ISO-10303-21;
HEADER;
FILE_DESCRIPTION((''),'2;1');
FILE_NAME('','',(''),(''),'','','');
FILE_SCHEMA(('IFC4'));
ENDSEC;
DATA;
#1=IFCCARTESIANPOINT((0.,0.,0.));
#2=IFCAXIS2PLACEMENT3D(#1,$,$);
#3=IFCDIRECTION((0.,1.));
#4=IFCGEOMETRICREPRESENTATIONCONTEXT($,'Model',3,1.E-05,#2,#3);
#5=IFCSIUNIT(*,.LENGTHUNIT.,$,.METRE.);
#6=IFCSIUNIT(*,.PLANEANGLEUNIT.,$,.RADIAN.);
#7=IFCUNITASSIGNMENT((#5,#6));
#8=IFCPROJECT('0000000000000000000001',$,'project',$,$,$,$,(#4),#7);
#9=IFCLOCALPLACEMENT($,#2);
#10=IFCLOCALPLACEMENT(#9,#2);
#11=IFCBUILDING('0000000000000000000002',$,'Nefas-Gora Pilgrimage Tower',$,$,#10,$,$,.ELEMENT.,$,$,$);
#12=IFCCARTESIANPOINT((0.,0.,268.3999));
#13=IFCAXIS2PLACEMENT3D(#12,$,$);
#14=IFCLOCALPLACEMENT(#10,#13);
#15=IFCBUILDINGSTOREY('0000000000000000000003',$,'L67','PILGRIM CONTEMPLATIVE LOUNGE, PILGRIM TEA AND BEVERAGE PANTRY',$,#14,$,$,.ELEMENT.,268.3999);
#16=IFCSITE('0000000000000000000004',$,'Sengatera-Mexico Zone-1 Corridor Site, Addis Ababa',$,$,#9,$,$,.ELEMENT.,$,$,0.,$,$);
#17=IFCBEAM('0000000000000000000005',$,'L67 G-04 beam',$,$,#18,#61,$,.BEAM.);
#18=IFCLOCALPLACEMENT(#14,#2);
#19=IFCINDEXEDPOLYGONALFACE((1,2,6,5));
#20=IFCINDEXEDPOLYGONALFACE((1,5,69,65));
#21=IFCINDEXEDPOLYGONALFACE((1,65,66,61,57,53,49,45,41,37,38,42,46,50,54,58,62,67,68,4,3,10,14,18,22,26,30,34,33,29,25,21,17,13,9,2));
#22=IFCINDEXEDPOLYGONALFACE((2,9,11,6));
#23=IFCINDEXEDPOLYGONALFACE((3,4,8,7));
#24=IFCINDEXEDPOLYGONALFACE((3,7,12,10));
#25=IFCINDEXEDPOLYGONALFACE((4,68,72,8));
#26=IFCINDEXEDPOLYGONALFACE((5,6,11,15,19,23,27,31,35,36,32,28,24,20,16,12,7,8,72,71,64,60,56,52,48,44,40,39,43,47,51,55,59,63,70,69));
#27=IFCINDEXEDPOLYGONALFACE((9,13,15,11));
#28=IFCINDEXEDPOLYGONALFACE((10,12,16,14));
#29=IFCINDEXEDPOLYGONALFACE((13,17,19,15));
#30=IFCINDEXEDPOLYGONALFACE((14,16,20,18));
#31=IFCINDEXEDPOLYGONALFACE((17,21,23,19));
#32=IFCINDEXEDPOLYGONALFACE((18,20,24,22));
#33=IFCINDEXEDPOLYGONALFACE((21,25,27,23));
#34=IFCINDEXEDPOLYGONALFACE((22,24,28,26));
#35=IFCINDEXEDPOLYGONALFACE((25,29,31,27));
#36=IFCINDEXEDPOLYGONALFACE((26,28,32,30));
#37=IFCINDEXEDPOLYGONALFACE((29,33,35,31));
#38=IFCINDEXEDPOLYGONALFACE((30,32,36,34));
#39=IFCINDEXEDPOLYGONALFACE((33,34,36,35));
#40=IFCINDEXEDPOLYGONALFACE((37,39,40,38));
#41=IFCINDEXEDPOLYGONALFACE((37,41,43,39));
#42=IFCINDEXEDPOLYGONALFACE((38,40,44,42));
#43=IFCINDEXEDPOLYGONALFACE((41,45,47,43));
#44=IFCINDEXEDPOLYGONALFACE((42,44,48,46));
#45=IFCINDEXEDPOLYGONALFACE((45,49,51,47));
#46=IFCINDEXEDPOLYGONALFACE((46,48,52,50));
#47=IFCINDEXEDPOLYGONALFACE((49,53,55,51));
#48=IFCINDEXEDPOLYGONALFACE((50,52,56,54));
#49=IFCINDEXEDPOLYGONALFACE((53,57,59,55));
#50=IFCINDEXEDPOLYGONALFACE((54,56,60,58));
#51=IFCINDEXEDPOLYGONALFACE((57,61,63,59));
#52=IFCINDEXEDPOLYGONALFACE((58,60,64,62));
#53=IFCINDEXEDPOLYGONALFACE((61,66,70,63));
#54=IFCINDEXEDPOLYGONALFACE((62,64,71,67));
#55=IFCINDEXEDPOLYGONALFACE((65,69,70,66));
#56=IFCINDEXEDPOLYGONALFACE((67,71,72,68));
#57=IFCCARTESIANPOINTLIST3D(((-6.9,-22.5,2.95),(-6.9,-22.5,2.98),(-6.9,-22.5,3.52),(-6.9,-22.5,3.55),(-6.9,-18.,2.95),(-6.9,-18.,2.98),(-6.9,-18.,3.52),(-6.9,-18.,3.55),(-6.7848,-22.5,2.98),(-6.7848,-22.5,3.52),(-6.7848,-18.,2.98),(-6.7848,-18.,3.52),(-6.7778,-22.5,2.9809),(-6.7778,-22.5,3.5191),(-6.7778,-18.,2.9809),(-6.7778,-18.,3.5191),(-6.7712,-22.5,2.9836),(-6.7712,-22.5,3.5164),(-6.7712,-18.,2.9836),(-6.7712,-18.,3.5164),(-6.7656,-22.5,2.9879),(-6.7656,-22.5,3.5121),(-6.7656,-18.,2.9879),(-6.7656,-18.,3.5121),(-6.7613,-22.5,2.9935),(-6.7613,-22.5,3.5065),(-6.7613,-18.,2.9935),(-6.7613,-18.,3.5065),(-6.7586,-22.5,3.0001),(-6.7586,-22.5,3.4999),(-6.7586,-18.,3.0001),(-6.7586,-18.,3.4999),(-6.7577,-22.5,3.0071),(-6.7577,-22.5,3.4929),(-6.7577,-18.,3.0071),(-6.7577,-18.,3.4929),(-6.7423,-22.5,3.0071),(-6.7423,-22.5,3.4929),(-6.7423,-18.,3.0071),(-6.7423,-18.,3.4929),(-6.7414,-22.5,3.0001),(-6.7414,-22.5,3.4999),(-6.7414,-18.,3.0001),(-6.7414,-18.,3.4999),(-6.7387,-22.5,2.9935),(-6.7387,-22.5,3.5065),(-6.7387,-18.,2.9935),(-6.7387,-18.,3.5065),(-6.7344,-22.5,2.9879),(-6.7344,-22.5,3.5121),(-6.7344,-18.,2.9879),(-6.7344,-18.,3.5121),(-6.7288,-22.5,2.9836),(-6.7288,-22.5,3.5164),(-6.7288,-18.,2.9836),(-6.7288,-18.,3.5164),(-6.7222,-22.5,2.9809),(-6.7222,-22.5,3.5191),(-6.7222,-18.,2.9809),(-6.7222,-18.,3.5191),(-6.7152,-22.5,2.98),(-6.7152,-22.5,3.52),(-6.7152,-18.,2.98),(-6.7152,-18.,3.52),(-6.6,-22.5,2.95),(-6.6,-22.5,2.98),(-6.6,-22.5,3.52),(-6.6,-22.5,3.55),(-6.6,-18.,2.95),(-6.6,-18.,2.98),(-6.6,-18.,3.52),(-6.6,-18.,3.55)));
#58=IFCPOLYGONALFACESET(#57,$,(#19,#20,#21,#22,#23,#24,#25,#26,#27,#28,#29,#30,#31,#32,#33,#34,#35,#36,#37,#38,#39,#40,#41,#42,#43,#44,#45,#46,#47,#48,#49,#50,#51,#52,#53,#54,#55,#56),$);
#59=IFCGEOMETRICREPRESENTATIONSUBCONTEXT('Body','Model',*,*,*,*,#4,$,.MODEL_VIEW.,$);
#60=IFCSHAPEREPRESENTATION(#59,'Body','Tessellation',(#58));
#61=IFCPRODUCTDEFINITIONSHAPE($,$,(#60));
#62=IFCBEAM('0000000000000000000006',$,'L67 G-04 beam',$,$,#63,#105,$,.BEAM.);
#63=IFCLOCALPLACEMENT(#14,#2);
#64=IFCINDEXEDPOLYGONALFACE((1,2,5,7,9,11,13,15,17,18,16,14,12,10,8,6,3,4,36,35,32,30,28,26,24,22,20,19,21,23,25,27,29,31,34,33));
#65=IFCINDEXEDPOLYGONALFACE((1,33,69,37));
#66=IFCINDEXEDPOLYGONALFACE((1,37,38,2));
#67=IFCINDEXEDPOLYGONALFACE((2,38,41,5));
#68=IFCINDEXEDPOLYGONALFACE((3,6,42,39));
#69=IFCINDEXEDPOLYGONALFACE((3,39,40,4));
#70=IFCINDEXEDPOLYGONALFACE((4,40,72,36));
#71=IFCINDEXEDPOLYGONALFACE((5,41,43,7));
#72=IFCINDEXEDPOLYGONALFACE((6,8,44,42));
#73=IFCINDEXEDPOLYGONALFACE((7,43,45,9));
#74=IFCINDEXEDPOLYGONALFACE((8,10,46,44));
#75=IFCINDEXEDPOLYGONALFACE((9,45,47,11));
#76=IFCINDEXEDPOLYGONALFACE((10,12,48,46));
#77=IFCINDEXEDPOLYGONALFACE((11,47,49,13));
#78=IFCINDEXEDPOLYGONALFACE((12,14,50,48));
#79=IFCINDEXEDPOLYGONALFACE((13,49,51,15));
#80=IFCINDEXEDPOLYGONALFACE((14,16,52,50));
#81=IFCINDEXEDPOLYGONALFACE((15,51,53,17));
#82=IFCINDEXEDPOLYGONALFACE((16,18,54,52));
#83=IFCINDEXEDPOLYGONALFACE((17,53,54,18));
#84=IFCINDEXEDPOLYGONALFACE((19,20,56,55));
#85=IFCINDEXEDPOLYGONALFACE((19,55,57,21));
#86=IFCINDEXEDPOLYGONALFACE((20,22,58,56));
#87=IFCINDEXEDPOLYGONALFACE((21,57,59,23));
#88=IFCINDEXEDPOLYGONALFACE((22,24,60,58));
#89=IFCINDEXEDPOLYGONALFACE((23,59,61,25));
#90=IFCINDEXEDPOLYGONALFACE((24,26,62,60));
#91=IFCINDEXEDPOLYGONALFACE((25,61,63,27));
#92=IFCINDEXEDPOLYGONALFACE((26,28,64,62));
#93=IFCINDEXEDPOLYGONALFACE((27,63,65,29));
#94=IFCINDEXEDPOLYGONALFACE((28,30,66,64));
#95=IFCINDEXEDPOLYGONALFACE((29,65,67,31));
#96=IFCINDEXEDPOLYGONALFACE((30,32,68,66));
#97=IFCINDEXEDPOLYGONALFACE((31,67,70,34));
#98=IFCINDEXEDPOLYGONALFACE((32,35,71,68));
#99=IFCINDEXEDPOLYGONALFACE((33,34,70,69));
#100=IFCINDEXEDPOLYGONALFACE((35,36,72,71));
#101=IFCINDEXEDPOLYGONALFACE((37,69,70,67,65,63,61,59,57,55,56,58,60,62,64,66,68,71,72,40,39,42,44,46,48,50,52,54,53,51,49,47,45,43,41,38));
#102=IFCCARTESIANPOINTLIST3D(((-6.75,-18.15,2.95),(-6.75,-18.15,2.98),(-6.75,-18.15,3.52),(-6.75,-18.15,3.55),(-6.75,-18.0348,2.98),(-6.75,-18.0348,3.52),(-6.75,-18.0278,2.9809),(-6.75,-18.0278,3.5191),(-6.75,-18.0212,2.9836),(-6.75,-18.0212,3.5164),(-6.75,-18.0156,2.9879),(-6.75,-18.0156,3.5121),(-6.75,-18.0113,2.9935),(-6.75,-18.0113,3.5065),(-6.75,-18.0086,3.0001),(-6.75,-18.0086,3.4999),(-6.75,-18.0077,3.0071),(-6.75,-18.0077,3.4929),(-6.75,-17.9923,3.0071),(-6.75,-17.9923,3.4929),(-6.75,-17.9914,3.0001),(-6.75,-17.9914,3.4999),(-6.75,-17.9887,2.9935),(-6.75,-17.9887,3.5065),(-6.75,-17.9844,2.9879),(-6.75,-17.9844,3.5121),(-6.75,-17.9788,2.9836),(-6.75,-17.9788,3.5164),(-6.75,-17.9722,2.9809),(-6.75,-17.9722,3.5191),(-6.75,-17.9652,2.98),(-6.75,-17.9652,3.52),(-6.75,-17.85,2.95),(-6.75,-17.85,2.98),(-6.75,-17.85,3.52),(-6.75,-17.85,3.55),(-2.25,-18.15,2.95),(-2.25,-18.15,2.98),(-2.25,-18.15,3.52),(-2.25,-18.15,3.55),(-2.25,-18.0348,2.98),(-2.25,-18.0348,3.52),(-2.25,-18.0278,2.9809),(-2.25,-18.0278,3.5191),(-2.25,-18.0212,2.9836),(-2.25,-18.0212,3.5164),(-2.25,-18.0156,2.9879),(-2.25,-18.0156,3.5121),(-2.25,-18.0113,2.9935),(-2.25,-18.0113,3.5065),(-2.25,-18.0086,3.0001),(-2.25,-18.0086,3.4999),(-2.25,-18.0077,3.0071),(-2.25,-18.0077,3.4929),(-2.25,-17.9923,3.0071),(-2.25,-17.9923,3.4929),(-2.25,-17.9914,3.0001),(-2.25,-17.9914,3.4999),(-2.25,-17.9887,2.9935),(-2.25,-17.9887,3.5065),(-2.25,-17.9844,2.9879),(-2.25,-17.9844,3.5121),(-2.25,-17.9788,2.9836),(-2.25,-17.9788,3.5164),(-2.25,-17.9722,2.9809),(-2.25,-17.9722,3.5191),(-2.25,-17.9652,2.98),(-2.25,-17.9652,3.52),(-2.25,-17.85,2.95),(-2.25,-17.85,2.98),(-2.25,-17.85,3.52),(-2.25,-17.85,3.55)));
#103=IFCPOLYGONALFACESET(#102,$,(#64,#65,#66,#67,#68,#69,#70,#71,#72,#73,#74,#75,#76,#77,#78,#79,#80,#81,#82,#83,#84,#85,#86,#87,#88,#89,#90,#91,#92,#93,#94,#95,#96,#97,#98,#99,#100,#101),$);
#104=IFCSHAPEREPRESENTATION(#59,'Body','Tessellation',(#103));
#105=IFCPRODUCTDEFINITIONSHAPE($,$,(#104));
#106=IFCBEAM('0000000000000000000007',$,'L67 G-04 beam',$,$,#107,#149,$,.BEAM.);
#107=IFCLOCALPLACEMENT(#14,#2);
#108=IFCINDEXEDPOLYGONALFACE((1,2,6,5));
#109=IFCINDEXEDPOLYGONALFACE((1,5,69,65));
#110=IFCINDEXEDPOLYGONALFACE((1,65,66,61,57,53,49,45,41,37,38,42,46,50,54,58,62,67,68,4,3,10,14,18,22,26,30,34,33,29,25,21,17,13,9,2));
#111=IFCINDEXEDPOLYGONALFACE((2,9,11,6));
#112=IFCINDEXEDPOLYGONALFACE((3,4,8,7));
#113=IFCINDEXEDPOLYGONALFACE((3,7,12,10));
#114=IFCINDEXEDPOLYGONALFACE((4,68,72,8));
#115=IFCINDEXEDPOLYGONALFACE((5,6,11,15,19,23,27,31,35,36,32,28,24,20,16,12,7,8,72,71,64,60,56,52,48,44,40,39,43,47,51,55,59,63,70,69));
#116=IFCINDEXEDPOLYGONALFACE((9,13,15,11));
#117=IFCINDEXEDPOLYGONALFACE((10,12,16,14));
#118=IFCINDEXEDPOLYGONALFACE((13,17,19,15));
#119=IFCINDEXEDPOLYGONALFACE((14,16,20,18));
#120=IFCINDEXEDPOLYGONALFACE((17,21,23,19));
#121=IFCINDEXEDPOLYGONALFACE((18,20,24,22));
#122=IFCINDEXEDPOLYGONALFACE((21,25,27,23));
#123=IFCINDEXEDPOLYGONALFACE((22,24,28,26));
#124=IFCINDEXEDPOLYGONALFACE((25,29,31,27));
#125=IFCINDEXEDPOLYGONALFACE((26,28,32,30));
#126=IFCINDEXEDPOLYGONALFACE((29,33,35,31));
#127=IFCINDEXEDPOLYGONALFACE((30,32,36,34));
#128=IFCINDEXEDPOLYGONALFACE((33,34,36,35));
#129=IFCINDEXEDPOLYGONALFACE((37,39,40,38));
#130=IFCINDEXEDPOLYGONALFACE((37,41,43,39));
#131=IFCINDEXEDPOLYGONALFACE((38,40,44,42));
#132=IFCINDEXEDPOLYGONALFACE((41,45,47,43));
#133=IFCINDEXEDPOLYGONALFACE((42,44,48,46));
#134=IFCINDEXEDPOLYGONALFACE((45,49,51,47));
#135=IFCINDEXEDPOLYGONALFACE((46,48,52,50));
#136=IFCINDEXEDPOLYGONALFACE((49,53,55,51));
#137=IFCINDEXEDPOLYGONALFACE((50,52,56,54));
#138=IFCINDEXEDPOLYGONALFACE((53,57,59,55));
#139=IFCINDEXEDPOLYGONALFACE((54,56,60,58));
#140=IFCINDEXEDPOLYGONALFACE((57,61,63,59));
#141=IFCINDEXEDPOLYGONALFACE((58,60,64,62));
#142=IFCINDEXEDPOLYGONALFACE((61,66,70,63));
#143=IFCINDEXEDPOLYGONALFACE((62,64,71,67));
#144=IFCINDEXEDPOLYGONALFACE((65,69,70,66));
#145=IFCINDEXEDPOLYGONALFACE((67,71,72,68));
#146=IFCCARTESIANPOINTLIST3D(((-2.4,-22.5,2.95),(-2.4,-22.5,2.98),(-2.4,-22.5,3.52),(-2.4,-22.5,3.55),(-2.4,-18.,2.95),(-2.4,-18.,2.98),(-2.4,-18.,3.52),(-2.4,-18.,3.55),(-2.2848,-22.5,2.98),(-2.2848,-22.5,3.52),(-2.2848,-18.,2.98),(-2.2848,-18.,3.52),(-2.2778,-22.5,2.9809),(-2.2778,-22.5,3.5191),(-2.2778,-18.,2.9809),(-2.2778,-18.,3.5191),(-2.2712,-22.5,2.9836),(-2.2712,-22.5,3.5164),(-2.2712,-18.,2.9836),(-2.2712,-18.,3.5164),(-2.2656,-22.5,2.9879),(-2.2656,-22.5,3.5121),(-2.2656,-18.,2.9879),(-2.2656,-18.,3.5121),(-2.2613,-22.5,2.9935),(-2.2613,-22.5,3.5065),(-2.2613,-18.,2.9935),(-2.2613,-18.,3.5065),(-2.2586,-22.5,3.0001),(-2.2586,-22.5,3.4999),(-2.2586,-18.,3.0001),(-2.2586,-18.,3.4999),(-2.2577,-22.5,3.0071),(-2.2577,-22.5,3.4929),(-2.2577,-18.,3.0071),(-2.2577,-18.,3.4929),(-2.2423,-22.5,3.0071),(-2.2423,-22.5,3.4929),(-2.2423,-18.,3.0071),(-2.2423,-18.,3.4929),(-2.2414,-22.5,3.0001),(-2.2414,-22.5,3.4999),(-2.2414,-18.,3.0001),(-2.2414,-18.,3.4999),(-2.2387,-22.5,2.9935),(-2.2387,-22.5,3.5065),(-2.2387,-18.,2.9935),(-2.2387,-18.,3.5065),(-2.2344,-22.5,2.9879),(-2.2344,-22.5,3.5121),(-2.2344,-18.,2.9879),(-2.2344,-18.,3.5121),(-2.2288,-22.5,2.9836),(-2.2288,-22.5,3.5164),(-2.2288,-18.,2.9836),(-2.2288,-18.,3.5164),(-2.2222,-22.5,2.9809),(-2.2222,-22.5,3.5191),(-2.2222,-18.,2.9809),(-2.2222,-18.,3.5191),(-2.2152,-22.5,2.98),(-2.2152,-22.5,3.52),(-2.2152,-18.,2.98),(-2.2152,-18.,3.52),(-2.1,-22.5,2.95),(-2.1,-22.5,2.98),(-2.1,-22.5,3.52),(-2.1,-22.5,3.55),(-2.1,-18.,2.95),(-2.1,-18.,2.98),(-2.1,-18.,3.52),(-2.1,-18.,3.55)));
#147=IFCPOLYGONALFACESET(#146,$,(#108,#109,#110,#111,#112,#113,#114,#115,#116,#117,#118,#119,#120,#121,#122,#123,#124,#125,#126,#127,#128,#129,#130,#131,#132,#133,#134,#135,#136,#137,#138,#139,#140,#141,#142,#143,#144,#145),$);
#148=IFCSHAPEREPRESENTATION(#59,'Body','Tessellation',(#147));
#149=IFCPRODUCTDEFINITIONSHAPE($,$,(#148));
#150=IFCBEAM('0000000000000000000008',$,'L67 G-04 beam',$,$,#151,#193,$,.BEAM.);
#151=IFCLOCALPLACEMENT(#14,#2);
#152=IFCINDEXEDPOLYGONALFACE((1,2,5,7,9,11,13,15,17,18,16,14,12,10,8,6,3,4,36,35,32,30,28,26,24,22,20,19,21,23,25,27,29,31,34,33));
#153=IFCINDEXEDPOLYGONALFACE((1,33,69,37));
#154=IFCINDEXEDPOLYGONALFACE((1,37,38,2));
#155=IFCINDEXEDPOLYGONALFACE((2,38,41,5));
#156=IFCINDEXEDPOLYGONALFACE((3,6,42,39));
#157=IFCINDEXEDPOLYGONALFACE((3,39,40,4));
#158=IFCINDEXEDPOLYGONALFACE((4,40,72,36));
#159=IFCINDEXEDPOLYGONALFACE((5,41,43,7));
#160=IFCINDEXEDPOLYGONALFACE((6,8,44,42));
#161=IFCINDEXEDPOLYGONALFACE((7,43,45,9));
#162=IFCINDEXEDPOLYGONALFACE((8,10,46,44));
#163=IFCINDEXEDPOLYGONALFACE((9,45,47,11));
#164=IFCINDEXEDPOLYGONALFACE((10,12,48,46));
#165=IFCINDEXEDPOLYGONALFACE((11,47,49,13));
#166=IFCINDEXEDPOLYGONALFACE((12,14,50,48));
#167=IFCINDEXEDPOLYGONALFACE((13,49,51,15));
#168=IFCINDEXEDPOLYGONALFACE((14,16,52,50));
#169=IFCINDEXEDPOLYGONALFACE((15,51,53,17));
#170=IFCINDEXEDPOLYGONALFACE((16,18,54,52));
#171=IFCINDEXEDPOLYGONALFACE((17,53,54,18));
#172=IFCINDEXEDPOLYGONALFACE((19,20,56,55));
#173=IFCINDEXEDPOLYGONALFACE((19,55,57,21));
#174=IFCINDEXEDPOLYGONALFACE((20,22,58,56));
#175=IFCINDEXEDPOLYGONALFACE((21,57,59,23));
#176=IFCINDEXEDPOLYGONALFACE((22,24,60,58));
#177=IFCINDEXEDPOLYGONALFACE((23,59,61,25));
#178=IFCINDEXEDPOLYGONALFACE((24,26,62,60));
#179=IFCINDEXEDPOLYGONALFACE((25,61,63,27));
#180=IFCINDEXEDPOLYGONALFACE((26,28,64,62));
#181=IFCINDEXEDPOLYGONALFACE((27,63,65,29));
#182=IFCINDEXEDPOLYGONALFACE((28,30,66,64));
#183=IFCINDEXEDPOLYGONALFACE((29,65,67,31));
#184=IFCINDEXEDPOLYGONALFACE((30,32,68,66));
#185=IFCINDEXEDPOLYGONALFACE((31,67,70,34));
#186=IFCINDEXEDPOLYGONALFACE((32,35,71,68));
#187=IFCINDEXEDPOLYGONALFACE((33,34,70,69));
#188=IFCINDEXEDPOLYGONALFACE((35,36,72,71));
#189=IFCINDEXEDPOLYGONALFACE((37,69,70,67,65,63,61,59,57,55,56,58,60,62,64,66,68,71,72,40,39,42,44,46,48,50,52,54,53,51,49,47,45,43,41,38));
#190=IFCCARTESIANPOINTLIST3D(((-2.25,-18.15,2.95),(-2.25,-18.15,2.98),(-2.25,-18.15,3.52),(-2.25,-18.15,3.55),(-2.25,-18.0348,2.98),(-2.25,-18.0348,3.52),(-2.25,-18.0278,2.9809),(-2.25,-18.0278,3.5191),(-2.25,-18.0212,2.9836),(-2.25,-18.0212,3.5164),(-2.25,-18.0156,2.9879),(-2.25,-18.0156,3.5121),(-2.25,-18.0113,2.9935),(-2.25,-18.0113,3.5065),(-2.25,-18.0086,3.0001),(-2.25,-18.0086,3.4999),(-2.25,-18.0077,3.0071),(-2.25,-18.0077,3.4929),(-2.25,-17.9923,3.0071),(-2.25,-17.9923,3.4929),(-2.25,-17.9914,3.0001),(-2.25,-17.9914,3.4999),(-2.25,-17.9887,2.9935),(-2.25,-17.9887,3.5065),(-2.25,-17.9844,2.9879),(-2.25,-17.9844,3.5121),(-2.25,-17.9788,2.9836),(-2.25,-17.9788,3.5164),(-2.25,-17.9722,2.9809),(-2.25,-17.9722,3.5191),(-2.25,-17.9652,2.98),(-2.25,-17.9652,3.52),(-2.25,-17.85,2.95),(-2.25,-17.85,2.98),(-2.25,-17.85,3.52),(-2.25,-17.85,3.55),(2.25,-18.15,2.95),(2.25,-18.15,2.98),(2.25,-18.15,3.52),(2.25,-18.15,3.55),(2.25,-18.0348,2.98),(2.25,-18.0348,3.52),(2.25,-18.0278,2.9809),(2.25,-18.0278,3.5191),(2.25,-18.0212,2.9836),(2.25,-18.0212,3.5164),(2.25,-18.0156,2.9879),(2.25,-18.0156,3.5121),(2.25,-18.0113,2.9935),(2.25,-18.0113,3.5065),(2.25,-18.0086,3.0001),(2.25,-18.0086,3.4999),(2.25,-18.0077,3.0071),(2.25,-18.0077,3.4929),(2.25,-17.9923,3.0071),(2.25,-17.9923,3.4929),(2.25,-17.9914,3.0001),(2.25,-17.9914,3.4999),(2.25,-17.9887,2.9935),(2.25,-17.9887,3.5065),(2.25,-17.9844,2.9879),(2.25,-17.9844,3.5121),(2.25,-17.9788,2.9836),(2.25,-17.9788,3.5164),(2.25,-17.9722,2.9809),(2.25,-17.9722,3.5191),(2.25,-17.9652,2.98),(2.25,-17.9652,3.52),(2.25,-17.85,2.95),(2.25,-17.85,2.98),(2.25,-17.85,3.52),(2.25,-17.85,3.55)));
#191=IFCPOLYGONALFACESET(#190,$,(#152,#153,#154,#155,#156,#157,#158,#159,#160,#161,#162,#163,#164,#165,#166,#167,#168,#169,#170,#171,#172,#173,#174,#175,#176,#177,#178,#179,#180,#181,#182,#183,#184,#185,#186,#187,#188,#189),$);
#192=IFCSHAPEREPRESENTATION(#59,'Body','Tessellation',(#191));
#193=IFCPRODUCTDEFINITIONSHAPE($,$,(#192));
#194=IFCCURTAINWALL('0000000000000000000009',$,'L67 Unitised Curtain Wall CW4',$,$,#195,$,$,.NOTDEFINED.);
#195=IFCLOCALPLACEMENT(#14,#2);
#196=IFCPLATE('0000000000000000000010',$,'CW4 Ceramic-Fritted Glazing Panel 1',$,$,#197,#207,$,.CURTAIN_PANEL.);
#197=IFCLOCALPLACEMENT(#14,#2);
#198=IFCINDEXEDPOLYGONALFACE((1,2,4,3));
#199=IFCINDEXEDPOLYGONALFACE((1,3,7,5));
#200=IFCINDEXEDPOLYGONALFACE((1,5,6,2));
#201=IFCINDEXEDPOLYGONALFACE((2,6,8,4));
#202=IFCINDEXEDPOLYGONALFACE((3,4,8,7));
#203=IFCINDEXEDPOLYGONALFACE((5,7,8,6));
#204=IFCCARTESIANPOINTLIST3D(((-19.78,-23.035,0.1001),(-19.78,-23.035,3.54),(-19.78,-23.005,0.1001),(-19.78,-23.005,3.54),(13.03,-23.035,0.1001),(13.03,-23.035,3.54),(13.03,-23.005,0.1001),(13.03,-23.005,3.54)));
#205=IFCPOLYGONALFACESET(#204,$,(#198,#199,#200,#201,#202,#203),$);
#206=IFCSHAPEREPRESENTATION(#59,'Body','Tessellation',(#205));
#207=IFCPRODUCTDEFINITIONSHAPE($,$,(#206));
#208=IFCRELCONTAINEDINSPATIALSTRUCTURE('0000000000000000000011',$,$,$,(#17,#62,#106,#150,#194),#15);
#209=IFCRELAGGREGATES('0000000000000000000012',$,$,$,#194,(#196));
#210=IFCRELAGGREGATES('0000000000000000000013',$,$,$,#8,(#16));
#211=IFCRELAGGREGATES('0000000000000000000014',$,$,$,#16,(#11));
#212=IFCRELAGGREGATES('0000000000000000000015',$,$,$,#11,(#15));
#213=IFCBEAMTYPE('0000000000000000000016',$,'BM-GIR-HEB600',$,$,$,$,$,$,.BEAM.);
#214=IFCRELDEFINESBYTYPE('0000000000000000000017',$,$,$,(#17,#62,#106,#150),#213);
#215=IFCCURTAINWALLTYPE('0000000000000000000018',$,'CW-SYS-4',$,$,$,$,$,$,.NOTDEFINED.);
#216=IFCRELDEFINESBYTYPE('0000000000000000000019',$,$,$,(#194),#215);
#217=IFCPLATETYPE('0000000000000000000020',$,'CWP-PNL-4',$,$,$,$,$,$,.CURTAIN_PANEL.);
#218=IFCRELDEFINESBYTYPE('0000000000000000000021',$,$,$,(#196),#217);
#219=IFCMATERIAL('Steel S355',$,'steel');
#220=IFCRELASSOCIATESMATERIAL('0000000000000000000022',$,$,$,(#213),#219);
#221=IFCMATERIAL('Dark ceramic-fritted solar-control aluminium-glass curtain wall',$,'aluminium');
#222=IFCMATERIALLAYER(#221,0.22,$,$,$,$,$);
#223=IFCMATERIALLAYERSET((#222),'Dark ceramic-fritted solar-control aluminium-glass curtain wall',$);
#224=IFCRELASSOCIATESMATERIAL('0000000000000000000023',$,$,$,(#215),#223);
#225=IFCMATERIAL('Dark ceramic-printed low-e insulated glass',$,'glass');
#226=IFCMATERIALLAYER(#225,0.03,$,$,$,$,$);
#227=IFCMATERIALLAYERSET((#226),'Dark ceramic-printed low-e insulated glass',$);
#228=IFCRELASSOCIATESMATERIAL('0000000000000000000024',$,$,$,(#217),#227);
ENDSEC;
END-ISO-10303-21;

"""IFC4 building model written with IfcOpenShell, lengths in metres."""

from ifc_helpers import new_model, si_unit, direction, frame, origin, origin_2d, place, context, subcontext, project, spatial, rectangle, i_section, extrude, source, transform, mapped, material, layer, layer_set, material_profile, profile_set, type_object, element, aggregate, save


model = new_model("IFC4")

# Units and contexts
model_context = context("Model", 3, precision=1e-05, world=origin(), true_north=direction((0.0, 1.0)))
body_context = subcontext(model_context, "Body", "Model", "MODEL_VIEW")
ifc_project = project(units=[si_unit("LENGTHUNIT", "METRE"), si_unit("PLANEANGLEUNIT", "RADIAN")], contexts=[model_context])

# Site, building, storey
site_placement = place(None, origin())
site = spatial("IfcSite", under=ifc_project, at=site_placement, Name="Sengatera-Mexico Zone-1 Corridor Site, Addis Ababa", CompositionType="ELEMENT", RefElevation=0.0)
building_placement = place(site_placement, origin())
building = spatial("IfcBuilding", under=site, at=building_placement, Name="Nefas-Gora Pilgrimage Tower", CompositionType="ELEMENT")
storey_placement = place(building_placement, frame((0.0, 0.0, 268.3999)))
storey = spatial("IfcBuildingStorey", under=building, at=storey_placement, Name="L67", Description="PILGRIM CONTEMPLATIVE LOUNGE, PILGRIM TEA AND BEVERAGE PANTRY", CompositionType="ELEMENT", Elevation=268.3999)

# Shared definitions
ifc_material_1 = material(Name="Steel S355", Category="steel")

# Beams
ifc_material_profile_1 = material_profile(ifc_material_1, i_section(OverallWidth=0.3, OverallDepth=0.6001, WebThickness=0.0154, FlangeThickness=0.03, FilletRadius=0.0271, at=origin_2d()), Name="HEB 600")
ifc_profile_set_1 = profile_set([ifc_material_profile_1], Name="Steel S355")
beam_type_1 = type_object("IfcBeamType", Name="BM-GIR-HEB600", PredefinedType="BEAM", material=ifc_profile_set_1)
shared_shape_1 = source(origin(), body_context, "Body", "SweptSolid", [
    extrude(i_section(OverallWidth=0.3, OverallDepth=0.6001, WebThickness=0.0154, FlangeThickness=0.03, FilletRadius=0.0271, at=origin_2d()), origin(), (0.0, 0.0, 1.0), 4.5),
])
for number, where, z_axis, x_axis, name in (
    (1, (-6.75, -22.5, 3.25), (0.0, 1.0, 0.0), (-1.0, 0.0, 0.0), "L67 G-04 beam"),
    (2, (-6.75, -18.0, 3.25), (1.0, 0.0, 0.0), (0.0, 1.0, 0.0), "L67 G-04 beam"),
    (3, (-2.25, -22.5, 3.25), (0.0, 1.0, 0.0), (-1.0, 0.0, 0.0), "L67 G-04 beam"),
    (4, (-2.25, -18.0, 3.25), (1.0, 0.0, 0.0), (0.0, 1.0, 0.0), "L67 G-04 beam"),
):
    element("IfcBeam", number, at=place(storey_placement, frame(where, z_axis=z_axis, x_axis=x_axis)), inside=storey, type_object=beam_type_1, Name=name, PredefinedType="BEAM", context=body_context, shape_type="MappedRepresentation", body=[
        mapped(shared_shape_1, transform((0.0, 0.0, 0.0), x_axis=(1.0, 0.0, 0.0), y_axis=(0.0, 1.0, 0.0), z_axis=(0.0, 0.0, 1.0), scale=1.0)),
    ])

# Curtain wall, plate
ifc_material_2 = material(Name="Dark ceramic-fritted solar-control aluminium-glass curtain wall", Category="aluminium")
ifc_layer_1 = layer(ifc_material_2, 0.22)
ifc_layer_set_1 = layer_set([ifc_layer_1], Name="Dark ceramic-fritted solar-control aluminium-glass curtain wall")
curtain_wall_type = type_object("IfcCurtainWallType", Name="CW-SYS-4", PredefinedType="NOTDEFINED", material=ifc_layer_set_1)
curtain_wall_placement = place(storey_placement, origin())
curtain_wall = element("IfcCurtainWall", 5, at=curtain_wall_placement, inside=storey, type_object=curtain_wall_type, Name="L67 Unitised Curtain Wall CW4", PredefinedType="NOTDEFINED")
ifc_material_3 = material(Name="Dark ceramic-printed low-e insulated glass", Category="glass")
ifc_layer_2 = layer(ifc_material_3, 0.03)
ifc_layer_set_2 = layer_set([ifc_layer_2], Name="Dark ceramic-printed low-e insulated glass")
plate_type = type_object("IfcPlateType", Name="CWP-PNL-4", PredefinedType="CURTAIN_PANEL", material=ifc_layer_set_2)
shared_shape_2 = source(origin(), body_context, "Body", "SweptSolid", [
    extrude(rectangle(XDim=32.8101, YDim=0.03, at=origin_2d()), origin(), (0.0, 0.0, 1.0), 3.4399),
])
plate_placement = place(storey_placement, frame((-3.375, -23.02, 0.1001), z_axis=(0.0, 0.0, 1.0), x_axis=(1.0, 0.0, 0.0)))
plate = element("IfcPlate", 6, at=plate_placement, type_object=plate_type, Name="CW4 Ceramic-Fritted Glazing Panel 1", PredefinedType="CURTAIN_PANEL", context=body_context, shape_type="MappedRepresentation", body=[
    mapped(shared_shape_2, transform((0.0, 0.0, 0.0), x_axis=(1.0, 0.0, 0.0), y_axis=(0.0, 1.0, 0.0), z_axis=(0.0, 0.0, 1.0), scale=1.0)),
])
aggregate(curtain_wall, [plate])

save(model, "model.ifc")
